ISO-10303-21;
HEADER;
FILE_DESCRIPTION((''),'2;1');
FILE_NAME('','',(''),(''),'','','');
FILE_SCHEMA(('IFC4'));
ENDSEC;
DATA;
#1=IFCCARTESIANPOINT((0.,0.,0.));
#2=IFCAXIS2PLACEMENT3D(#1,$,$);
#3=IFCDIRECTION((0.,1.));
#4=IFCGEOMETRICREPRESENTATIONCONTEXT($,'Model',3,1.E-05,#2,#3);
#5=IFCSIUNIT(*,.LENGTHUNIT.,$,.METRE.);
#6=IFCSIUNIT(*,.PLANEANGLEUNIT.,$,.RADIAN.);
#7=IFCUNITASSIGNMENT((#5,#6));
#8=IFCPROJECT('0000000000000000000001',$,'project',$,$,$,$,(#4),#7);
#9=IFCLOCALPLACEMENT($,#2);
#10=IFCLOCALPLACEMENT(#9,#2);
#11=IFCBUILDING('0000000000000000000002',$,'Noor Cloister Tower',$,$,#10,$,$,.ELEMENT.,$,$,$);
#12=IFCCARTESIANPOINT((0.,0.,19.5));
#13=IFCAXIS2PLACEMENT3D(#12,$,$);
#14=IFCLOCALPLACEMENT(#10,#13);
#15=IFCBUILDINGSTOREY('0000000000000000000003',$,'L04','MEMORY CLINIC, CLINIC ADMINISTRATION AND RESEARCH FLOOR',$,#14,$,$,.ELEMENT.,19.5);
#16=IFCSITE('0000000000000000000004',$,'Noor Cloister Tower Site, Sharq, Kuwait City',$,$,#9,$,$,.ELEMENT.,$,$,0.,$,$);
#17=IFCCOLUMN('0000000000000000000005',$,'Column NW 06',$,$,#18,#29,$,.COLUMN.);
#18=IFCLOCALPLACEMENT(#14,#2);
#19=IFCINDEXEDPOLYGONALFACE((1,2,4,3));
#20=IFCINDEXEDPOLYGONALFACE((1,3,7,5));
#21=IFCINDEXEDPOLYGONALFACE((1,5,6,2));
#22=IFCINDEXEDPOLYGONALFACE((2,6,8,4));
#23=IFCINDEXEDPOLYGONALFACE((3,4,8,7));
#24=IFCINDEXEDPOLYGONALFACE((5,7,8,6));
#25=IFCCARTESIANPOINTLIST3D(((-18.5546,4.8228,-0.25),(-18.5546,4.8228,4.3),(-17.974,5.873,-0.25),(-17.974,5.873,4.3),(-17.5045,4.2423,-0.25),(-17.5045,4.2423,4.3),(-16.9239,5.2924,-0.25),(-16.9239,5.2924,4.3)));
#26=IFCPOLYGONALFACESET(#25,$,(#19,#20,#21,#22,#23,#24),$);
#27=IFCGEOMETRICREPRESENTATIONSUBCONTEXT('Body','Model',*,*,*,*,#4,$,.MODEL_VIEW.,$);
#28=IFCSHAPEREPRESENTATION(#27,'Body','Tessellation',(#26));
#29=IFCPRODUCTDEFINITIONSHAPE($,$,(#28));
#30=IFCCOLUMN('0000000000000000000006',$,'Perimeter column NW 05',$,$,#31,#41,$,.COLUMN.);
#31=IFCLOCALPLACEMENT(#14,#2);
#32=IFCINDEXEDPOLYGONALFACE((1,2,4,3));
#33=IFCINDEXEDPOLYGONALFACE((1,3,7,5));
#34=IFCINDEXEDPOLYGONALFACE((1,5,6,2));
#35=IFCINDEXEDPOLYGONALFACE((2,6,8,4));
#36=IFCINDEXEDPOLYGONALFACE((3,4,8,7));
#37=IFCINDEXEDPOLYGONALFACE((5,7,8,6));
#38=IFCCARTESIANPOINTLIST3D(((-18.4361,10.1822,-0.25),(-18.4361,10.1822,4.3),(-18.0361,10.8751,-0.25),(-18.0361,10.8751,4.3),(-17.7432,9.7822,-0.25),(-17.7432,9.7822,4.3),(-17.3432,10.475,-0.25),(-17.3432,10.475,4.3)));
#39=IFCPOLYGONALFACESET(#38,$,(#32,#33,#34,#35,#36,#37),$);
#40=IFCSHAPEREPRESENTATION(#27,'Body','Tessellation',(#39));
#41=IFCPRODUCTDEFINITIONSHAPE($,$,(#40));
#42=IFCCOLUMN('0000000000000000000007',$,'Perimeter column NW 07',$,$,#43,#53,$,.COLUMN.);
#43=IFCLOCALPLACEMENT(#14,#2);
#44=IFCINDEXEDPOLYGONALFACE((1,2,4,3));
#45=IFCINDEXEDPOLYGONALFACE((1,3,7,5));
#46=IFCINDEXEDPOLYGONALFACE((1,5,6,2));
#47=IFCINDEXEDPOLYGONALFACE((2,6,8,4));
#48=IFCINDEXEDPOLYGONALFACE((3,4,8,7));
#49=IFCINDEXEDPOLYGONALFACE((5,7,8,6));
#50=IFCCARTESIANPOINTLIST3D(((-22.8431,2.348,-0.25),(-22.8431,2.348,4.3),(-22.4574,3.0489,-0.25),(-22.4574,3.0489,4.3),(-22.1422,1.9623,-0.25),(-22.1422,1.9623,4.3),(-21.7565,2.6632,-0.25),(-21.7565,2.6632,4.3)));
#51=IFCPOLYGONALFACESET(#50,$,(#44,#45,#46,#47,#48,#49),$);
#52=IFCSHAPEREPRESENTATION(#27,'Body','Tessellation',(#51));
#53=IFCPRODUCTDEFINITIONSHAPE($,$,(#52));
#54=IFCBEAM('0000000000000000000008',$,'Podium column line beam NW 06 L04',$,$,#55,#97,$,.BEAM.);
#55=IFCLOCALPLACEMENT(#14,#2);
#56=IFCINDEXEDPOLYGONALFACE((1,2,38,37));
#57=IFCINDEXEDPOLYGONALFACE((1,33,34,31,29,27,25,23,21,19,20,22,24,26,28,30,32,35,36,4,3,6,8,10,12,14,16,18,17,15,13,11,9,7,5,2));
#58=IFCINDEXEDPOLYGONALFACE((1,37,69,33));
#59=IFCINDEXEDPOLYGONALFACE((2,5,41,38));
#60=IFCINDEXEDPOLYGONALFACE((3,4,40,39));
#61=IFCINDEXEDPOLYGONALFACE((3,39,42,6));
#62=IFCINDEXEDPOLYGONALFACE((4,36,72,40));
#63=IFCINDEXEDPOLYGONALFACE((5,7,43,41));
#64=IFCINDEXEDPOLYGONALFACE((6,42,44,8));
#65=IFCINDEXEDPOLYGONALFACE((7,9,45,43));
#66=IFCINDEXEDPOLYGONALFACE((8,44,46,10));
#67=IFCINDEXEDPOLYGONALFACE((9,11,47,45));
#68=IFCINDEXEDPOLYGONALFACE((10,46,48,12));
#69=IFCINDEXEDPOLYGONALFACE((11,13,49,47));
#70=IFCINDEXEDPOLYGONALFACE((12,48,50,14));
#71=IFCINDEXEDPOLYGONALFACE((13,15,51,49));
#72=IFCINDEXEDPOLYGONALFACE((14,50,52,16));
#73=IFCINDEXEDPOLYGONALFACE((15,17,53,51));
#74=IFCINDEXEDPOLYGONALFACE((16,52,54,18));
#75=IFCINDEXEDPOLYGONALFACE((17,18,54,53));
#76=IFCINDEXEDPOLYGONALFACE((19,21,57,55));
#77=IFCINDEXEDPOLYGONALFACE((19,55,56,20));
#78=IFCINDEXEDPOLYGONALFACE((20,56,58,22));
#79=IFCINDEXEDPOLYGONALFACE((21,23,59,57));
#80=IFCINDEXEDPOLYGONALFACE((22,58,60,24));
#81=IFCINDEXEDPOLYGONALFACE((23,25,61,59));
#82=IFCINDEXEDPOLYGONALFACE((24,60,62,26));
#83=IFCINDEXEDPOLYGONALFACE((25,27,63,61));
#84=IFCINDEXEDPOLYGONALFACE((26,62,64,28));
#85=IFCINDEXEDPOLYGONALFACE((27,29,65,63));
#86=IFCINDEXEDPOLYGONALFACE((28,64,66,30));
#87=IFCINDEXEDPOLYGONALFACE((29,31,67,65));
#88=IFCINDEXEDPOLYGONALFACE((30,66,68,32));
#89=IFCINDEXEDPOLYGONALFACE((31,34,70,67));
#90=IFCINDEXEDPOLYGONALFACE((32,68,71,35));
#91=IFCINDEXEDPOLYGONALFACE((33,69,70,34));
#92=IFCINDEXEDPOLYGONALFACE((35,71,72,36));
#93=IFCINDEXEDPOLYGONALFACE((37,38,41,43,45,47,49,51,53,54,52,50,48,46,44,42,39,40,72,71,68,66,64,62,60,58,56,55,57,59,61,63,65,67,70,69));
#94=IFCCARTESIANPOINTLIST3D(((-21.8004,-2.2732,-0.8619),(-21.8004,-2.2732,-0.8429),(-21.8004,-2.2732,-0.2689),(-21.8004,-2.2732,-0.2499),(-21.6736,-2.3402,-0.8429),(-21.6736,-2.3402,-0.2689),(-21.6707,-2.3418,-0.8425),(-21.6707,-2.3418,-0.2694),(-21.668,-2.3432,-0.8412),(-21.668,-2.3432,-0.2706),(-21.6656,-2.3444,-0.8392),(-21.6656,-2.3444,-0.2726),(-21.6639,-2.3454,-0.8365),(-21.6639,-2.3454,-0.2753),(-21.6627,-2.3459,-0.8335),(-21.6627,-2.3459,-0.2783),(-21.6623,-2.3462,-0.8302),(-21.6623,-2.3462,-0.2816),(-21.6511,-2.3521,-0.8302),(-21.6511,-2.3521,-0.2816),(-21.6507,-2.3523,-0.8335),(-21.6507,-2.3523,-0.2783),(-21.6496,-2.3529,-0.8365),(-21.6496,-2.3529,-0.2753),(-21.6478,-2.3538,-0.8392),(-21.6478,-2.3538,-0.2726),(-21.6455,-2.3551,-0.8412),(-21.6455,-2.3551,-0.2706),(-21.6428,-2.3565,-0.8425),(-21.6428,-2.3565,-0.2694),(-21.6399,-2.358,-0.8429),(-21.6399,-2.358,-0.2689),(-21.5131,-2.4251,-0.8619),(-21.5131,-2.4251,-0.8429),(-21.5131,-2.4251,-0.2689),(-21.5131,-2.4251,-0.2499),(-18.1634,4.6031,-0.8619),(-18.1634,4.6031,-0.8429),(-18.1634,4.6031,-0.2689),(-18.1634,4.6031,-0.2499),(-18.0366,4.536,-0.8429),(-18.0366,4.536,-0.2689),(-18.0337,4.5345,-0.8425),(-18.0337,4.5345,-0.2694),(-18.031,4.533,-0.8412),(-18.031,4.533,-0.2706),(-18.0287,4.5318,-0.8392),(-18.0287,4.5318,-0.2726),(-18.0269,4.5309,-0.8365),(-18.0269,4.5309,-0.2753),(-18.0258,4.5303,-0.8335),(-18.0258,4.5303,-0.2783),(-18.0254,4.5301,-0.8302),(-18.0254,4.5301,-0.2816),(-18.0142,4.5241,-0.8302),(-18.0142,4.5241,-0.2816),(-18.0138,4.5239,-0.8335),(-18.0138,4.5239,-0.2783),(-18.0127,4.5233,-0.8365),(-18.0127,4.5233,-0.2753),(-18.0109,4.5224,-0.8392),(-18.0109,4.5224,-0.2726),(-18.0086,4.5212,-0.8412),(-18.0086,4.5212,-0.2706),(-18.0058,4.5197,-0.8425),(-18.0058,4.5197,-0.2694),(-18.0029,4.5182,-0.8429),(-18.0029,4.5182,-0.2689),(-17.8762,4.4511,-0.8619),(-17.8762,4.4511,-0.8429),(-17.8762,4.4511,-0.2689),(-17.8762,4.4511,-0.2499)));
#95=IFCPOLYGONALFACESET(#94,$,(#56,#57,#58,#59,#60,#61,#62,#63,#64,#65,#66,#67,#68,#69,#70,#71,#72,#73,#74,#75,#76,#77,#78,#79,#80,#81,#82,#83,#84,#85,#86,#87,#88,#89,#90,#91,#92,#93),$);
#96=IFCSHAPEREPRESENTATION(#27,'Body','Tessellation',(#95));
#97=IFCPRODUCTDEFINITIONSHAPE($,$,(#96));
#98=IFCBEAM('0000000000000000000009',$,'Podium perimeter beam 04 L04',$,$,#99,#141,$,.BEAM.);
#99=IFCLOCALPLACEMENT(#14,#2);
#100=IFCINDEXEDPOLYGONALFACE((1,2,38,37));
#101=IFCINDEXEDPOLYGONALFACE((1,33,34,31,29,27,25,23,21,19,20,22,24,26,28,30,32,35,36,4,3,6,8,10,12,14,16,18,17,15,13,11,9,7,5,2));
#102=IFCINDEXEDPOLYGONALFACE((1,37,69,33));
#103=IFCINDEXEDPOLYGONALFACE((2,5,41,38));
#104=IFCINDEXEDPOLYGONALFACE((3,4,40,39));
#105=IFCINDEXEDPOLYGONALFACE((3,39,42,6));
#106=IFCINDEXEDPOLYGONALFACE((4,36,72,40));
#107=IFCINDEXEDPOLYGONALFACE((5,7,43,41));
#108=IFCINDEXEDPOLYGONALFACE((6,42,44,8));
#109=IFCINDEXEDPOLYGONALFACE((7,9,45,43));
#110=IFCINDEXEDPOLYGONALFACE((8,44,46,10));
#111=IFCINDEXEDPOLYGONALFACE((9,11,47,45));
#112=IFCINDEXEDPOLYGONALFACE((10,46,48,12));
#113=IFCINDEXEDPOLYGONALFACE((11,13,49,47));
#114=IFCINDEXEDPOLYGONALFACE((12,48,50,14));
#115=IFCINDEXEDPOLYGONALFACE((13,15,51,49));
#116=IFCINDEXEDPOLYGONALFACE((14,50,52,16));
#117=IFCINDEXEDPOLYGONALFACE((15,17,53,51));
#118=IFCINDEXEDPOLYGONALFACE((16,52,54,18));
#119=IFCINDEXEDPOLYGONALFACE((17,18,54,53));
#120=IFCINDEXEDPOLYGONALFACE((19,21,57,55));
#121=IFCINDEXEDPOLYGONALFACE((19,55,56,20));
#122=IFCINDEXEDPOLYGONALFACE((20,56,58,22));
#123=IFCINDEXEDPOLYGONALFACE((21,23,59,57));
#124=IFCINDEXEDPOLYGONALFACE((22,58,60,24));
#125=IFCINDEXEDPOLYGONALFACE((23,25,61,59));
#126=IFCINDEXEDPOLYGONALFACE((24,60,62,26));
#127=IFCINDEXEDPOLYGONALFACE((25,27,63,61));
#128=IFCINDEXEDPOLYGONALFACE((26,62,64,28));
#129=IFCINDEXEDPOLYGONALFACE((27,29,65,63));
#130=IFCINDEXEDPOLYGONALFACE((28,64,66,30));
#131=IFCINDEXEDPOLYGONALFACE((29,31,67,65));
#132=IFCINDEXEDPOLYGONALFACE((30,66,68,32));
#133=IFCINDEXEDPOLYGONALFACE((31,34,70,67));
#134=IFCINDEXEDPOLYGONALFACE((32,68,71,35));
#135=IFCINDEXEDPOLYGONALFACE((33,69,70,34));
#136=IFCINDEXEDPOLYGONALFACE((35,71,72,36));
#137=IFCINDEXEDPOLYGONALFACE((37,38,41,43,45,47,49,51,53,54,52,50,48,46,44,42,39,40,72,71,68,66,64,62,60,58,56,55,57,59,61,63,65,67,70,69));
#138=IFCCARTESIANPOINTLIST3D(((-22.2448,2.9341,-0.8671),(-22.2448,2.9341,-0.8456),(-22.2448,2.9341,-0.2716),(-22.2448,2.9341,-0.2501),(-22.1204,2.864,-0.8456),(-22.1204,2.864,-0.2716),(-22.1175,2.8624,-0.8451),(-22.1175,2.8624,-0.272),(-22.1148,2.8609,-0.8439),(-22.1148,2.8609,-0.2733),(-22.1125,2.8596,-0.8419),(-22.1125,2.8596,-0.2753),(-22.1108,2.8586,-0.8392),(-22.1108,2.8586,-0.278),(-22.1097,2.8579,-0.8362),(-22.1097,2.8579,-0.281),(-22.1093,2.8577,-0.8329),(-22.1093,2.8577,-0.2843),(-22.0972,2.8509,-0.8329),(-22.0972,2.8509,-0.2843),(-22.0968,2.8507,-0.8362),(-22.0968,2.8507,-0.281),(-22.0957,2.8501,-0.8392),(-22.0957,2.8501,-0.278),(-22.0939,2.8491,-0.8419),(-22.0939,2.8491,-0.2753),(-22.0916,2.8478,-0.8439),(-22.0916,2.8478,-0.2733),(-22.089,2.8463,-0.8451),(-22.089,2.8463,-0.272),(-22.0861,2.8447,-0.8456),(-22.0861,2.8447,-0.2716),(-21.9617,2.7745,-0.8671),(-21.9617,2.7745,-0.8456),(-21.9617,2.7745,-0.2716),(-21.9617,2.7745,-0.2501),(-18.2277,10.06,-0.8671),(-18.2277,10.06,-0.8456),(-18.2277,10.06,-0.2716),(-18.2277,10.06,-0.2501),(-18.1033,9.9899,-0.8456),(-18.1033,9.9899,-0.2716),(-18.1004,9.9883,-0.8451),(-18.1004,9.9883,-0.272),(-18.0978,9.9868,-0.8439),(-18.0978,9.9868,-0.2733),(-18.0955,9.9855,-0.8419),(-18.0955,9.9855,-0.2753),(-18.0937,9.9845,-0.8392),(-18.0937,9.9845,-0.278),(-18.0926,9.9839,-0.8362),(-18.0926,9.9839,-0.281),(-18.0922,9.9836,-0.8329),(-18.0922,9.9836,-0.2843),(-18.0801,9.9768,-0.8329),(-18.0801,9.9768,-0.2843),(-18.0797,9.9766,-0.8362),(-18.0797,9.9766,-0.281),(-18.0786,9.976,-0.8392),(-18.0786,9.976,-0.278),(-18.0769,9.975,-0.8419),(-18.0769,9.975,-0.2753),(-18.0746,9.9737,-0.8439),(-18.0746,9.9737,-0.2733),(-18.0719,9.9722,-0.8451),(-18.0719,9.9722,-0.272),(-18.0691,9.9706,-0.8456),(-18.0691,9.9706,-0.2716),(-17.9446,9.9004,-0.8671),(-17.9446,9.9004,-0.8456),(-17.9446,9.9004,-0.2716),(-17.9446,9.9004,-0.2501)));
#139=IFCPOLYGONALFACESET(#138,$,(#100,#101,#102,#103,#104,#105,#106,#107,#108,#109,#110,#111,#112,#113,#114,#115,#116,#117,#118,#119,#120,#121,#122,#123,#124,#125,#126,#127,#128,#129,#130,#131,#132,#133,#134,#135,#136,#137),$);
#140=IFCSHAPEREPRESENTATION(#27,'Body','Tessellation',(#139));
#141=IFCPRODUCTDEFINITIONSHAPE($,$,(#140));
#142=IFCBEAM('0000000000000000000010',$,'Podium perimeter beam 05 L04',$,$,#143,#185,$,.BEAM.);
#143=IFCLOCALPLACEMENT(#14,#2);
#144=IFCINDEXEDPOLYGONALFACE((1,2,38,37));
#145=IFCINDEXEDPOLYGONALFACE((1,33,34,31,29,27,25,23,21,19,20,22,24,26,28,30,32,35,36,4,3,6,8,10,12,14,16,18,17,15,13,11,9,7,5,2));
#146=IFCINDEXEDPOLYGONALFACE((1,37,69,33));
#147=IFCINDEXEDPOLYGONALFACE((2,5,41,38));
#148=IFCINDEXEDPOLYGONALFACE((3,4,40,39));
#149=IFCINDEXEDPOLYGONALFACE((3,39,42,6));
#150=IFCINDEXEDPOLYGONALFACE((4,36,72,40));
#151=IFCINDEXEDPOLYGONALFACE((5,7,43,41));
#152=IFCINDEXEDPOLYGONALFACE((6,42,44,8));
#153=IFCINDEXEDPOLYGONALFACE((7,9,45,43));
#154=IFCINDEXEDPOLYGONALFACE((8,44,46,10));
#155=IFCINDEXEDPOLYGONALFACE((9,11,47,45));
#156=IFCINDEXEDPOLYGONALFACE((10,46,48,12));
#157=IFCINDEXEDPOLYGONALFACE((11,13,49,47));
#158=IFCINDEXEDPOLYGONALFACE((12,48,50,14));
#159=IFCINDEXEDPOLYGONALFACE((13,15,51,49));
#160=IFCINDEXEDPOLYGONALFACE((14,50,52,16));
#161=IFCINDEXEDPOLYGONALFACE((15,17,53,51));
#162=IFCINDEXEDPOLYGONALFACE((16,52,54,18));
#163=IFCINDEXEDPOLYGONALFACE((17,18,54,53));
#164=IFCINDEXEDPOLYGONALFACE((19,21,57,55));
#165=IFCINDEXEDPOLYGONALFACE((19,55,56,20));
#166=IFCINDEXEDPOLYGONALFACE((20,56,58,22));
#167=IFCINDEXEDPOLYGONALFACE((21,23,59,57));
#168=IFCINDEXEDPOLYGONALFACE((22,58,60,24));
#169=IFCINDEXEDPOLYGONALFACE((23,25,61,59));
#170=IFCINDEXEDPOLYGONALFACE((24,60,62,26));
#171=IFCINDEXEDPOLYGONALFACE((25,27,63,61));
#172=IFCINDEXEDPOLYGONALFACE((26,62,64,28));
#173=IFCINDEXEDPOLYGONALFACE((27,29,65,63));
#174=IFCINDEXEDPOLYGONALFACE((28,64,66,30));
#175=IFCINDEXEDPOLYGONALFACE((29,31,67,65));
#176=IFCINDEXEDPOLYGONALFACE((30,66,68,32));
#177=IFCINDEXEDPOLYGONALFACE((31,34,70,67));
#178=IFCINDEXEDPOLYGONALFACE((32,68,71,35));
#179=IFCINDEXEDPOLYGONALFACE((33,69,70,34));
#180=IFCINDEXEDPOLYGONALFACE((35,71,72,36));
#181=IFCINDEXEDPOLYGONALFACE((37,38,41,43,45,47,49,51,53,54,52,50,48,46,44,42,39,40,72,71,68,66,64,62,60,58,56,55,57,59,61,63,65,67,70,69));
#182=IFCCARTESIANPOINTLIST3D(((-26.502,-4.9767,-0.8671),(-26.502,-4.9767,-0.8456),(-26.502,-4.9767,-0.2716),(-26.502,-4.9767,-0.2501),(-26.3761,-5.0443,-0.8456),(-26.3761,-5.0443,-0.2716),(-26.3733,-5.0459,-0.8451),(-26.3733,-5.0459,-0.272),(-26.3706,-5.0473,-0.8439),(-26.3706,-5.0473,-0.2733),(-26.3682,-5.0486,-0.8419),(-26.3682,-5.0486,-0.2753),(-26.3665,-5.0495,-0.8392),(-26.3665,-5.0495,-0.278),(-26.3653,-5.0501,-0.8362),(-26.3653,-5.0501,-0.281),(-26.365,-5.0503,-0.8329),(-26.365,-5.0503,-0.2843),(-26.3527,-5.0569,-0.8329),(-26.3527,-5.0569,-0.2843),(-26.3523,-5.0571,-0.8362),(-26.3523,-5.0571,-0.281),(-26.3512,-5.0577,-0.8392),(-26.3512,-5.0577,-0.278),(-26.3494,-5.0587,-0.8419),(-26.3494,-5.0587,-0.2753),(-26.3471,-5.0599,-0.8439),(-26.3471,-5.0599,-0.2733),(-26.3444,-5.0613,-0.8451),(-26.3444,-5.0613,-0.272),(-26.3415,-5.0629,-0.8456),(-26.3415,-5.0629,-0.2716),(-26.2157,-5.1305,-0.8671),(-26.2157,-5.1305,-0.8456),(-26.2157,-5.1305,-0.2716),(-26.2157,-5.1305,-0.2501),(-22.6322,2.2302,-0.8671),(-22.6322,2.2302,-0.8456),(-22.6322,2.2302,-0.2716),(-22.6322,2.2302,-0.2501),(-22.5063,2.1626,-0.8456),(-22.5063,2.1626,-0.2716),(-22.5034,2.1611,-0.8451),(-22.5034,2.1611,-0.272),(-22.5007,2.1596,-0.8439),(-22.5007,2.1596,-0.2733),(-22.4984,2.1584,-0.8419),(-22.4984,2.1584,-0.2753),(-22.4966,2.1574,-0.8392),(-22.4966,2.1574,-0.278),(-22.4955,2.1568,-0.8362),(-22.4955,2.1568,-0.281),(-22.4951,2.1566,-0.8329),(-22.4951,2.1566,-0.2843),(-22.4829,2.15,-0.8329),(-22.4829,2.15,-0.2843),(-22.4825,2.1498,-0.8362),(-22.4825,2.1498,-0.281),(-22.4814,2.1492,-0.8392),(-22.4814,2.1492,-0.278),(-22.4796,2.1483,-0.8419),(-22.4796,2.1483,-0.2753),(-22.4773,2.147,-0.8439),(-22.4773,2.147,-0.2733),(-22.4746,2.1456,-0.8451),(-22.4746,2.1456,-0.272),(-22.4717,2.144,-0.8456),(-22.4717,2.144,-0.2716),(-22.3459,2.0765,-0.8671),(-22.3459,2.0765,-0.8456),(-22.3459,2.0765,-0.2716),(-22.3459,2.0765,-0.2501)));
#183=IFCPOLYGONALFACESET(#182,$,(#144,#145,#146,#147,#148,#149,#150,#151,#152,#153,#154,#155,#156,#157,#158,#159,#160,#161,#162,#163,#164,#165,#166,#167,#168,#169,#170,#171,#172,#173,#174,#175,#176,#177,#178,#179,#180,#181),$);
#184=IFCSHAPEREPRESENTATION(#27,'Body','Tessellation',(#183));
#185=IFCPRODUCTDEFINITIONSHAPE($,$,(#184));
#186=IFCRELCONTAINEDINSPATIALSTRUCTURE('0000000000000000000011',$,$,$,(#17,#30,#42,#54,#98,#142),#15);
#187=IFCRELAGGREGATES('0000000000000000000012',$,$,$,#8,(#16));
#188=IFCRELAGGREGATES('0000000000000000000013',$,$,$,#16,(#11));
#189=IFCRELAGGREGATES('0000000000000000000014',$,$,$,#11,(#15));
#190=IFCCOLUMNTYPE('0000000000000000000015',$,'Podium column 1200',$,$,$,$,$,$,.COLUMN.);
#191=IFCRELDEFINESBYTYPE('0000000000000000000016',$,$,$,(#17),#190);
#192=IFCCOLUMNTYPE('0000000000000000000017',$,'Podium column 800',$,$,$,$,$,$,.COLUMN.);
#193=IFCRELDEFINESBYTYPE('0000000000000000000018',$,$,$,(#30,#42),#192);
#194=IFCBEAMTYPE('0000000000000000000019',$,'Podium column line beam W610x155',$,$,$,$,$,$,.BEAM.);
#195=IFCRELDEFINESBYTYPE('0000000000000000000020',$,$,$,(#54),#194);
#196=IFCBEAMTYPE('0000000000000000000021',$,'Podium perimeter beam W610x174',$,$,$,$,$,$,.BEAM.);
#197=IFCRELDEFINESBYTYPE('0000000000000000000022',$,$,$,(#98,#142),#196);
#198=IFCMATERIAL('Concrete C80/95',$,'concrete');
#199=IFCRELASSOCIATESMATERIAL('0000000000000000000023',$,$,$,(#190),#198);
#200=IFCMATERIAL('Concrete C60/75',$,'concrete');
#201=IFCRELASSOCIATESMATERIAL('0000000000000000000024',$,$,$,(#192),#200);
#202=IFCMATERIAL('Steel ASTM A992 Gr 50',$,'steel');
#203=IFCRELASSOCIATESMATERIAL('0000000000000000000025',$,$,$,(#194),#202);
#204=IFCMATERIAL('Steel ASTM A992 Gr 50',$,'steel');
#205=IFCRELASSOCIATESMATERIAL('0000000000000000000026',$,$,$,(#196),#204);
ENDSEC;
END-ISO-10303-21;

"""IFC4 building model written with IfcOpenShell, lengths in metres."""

from ifc_helpers import new_model, si_unit, direction, frame, origin, origin_2d, place, context, subcontext, project, spatial, rectangle, i_section, extrude, material, material_profile, profile_set, type_object, element, save


model = new_model("IFC4")

# Units and contexts
model_context = context("Model", 3, precision=1e-05, world=origin(), true_north=direction((0.0, 1.0)))
body_context = subcontext(model_context, "Body", "Model", "MODEL_VIEW")
ifc_project = project(units=[si_unit("LENGTHUNIT", "METRE"), si_unit("PLANEANGLEUNIT", "RADIAN")], contexts=[model_context])

# Site, building, storey
site_placement = place(None, origin())
site = spatial("IfcSite", under=ifc_project, at=site_placement, Name="Noor Cloister Tower Site, Sharq, Kuwait City", CompositionType="ELEMENT", RefElevation=0.0)
building_placement = place(site_placement, origin())
building = spatial("IfcBuilding", under=site, at=building_placement, Name="Noor Cloister Tower", CompositionType="ELEMENT")
storey_placement = place(building_placement, frame((0.0, 0.0, 19.5)))
storey = spatial("IfcBuildingStorey", under=building, at=storey_placement, Name="L04", Description="MEMORY CLINIC, CLINIC ADMINISTRATION AND RESEARCH FLOOR", CompositionType="ELEMENT", Elevation=19.5)

# Columns
ifc_material_1 = material(Name="Concrete C80/95", Category="concrete")
ifc_material_profile_1 = material_profile(ifc_material_1, rectangle(XDim=1.2, YDim=1.2, at=origin_2d()), Name="Podium column 1200")
ifc_profile_set_1 = profile_set([ifc_material_profile_1], Name="Concrete C80/95")
column_type_1 = type_object("IfcColumnType", Name="Podium column 1200", PredefinedType="COLUMN", material=ifc_profile_set_1)
column_placement = place(storey_placement, frame((-17.7393, 5.0576, -0.25), z_axis=(0.0, 0.0, 1.0), x_axis=(-0.875153, 0.483847, 0.0)))
element("IfcColumn", 1, at=column_placement, inside=storey, type_object=column_type_1, Name="Column NW 06", PredefinedType="COLUMN", context=body_context, shape_type="SweptSolid", body=[
    extrude(rectangle(XDim=1.2, YDim=1.2, at=origin_2d()), origin(), (0.0, 0.0, 1.0), 4.55),
])
ifc_material_2 = material(Name="Concrete C60/75", Category="concrete")
ifc_material_profile_2 = material_profile(ifc_material_2, rectangle(XDim=0.8, YDim=0.8, at=origin_2d()), Name="Podium column 800")
ifc_profile_set_2 = profile_set([ifc_material_profile_2], Name="Concrete C60/75")
column_type_2 = type_object("IfcColumnType", Name="Podium column 800", PredefinedType="COLUMN", material=ifc_profile_set_2)
for number, where, z_axis, x_axis, name in (
    (2, (-17.8896, 10.3286, -0.25), (0.0, 0.0, 1.0), (-0.866025, 0.5, 0.0), "Perimeter column NW 05"),
    (3, (-22.2998, 2.5056, -0.25), (0.0, 0.0, 1.0), (-0.876111, 0.482109, 0.0), "Perimeter column NW 07"),
):
    element("IfcColumn", number, at=place(storey_placement, frame(where, z_axis=z_axis, x_axis=x_axis)), inside=storey, type_object=column_type_2, Name=name, PredefinedType="COLUMN", context=body_context, shape_type="SweptSolid", body=[
        extrude(rectangle(XDim=0.8, YDim=0.8, at=origin_2d()), origin(), (0.0, 0.0, 1.0), 4.55),
    ])

# Beams
ifc_material_3 = material(Name="Steel ASTM A992 Gr 50", Category="steel")
ifc_material_profile_3 = material_profile(ifc_material_3, i_section(OverallWidth=0.325, OverallDepth=0.6121, WebThickness=0.0127, FlangeThickness=0.019, FilletRadius=0.0127, at=origin_2d()), Name="W610x155")
ifc_profile_set_3 = profile_set([ifc_material_profile_3], Name="Steel ASTM A992 Gr 50")
beam_type_1 = type_object("IfcBeamType", Name="Podium column line beam W610x155", PredefinedType="BEAM", material=ifc_profile_set_3)
beam_1_placement = place(storey_placement, frame((-18.0198, 4.5271, -0.5559), z_axis=(-0.467547, -0.883968, 0.0), x_axis=(0.883968, -0.467547, 0.0)))
element("IfcBeam", 4, at=beam_1_placement, inside=storey, type_object=beam_type_1, Name="Podium column line beam NW 06 L04", PredefinedType="BEAM", context=body_context, shape_type="SweptSolid", body=[
    extrude(i_section(OverallWidth=0.325, OverallDepth=0.6121, WebThickness=0.0127, FlangeThickness=0.019, FilletRadius=0.0127, at=origin_2d()), origin(), (0.0, 0.0, 1.0), 7.7788),
])
ifc_material_4 = material(Name="Steel ASTM A992 Gr 50", Category="steel")
ifc_material_profile_4 = material_profile(ifc_material_4, i_section(OverallWidth=0.325, OverallDepth=0.6169, WebThickness=0.0139, FlangeThickness=0.0215, FilletRadius=0.0127, at=origin_2d()), Name="W610x174")
ifc_profile_set_4 = profile_set([ifc_material_profile_4], Name="Steel ASTM A992 Gr 50")
beam_type_2 = type_object("IfcBeamType", Name="Podium perimeter beam W610x174", PredefinedType="BEAM", material=ifc_profile_set_4)
for number, where, z_axis, x_axis, name in (
    (5, (-18.0862, 9.9802, -0.5586), (-0.491072, -0.871119, 0.0), (0.871119, -0.491072, 0.0), "Podium perimeter beam 04 L04"),
    (6, (-22.489, 2.1533, -0.5586), (-0.473073, -0.881023, 0.0), (0.881023, -0.473073, 0.0), "Podium perimeter beam 05 L04"),
):
    element("IfcBeam", number, at=place(storey_placement, frame(where, z_axis=z_axis, x_axis=x_axis)), inside=storey, type_object=beam_type_2, Name=name, PredefinedType="BEAM", context=body_context, shape_type="SweptSolid", body=[
        extrude(i_section(OverallWidth=0.325, OverallDepth=0.6169, WebThickness=0.0139, FlangeThickness=0.0215, FilletRadius=0.0127, at=origin_2d()), origin(), (0.0, 0.0, 1.0), 8.1802),
    ])

save(model, "model.ifc")
